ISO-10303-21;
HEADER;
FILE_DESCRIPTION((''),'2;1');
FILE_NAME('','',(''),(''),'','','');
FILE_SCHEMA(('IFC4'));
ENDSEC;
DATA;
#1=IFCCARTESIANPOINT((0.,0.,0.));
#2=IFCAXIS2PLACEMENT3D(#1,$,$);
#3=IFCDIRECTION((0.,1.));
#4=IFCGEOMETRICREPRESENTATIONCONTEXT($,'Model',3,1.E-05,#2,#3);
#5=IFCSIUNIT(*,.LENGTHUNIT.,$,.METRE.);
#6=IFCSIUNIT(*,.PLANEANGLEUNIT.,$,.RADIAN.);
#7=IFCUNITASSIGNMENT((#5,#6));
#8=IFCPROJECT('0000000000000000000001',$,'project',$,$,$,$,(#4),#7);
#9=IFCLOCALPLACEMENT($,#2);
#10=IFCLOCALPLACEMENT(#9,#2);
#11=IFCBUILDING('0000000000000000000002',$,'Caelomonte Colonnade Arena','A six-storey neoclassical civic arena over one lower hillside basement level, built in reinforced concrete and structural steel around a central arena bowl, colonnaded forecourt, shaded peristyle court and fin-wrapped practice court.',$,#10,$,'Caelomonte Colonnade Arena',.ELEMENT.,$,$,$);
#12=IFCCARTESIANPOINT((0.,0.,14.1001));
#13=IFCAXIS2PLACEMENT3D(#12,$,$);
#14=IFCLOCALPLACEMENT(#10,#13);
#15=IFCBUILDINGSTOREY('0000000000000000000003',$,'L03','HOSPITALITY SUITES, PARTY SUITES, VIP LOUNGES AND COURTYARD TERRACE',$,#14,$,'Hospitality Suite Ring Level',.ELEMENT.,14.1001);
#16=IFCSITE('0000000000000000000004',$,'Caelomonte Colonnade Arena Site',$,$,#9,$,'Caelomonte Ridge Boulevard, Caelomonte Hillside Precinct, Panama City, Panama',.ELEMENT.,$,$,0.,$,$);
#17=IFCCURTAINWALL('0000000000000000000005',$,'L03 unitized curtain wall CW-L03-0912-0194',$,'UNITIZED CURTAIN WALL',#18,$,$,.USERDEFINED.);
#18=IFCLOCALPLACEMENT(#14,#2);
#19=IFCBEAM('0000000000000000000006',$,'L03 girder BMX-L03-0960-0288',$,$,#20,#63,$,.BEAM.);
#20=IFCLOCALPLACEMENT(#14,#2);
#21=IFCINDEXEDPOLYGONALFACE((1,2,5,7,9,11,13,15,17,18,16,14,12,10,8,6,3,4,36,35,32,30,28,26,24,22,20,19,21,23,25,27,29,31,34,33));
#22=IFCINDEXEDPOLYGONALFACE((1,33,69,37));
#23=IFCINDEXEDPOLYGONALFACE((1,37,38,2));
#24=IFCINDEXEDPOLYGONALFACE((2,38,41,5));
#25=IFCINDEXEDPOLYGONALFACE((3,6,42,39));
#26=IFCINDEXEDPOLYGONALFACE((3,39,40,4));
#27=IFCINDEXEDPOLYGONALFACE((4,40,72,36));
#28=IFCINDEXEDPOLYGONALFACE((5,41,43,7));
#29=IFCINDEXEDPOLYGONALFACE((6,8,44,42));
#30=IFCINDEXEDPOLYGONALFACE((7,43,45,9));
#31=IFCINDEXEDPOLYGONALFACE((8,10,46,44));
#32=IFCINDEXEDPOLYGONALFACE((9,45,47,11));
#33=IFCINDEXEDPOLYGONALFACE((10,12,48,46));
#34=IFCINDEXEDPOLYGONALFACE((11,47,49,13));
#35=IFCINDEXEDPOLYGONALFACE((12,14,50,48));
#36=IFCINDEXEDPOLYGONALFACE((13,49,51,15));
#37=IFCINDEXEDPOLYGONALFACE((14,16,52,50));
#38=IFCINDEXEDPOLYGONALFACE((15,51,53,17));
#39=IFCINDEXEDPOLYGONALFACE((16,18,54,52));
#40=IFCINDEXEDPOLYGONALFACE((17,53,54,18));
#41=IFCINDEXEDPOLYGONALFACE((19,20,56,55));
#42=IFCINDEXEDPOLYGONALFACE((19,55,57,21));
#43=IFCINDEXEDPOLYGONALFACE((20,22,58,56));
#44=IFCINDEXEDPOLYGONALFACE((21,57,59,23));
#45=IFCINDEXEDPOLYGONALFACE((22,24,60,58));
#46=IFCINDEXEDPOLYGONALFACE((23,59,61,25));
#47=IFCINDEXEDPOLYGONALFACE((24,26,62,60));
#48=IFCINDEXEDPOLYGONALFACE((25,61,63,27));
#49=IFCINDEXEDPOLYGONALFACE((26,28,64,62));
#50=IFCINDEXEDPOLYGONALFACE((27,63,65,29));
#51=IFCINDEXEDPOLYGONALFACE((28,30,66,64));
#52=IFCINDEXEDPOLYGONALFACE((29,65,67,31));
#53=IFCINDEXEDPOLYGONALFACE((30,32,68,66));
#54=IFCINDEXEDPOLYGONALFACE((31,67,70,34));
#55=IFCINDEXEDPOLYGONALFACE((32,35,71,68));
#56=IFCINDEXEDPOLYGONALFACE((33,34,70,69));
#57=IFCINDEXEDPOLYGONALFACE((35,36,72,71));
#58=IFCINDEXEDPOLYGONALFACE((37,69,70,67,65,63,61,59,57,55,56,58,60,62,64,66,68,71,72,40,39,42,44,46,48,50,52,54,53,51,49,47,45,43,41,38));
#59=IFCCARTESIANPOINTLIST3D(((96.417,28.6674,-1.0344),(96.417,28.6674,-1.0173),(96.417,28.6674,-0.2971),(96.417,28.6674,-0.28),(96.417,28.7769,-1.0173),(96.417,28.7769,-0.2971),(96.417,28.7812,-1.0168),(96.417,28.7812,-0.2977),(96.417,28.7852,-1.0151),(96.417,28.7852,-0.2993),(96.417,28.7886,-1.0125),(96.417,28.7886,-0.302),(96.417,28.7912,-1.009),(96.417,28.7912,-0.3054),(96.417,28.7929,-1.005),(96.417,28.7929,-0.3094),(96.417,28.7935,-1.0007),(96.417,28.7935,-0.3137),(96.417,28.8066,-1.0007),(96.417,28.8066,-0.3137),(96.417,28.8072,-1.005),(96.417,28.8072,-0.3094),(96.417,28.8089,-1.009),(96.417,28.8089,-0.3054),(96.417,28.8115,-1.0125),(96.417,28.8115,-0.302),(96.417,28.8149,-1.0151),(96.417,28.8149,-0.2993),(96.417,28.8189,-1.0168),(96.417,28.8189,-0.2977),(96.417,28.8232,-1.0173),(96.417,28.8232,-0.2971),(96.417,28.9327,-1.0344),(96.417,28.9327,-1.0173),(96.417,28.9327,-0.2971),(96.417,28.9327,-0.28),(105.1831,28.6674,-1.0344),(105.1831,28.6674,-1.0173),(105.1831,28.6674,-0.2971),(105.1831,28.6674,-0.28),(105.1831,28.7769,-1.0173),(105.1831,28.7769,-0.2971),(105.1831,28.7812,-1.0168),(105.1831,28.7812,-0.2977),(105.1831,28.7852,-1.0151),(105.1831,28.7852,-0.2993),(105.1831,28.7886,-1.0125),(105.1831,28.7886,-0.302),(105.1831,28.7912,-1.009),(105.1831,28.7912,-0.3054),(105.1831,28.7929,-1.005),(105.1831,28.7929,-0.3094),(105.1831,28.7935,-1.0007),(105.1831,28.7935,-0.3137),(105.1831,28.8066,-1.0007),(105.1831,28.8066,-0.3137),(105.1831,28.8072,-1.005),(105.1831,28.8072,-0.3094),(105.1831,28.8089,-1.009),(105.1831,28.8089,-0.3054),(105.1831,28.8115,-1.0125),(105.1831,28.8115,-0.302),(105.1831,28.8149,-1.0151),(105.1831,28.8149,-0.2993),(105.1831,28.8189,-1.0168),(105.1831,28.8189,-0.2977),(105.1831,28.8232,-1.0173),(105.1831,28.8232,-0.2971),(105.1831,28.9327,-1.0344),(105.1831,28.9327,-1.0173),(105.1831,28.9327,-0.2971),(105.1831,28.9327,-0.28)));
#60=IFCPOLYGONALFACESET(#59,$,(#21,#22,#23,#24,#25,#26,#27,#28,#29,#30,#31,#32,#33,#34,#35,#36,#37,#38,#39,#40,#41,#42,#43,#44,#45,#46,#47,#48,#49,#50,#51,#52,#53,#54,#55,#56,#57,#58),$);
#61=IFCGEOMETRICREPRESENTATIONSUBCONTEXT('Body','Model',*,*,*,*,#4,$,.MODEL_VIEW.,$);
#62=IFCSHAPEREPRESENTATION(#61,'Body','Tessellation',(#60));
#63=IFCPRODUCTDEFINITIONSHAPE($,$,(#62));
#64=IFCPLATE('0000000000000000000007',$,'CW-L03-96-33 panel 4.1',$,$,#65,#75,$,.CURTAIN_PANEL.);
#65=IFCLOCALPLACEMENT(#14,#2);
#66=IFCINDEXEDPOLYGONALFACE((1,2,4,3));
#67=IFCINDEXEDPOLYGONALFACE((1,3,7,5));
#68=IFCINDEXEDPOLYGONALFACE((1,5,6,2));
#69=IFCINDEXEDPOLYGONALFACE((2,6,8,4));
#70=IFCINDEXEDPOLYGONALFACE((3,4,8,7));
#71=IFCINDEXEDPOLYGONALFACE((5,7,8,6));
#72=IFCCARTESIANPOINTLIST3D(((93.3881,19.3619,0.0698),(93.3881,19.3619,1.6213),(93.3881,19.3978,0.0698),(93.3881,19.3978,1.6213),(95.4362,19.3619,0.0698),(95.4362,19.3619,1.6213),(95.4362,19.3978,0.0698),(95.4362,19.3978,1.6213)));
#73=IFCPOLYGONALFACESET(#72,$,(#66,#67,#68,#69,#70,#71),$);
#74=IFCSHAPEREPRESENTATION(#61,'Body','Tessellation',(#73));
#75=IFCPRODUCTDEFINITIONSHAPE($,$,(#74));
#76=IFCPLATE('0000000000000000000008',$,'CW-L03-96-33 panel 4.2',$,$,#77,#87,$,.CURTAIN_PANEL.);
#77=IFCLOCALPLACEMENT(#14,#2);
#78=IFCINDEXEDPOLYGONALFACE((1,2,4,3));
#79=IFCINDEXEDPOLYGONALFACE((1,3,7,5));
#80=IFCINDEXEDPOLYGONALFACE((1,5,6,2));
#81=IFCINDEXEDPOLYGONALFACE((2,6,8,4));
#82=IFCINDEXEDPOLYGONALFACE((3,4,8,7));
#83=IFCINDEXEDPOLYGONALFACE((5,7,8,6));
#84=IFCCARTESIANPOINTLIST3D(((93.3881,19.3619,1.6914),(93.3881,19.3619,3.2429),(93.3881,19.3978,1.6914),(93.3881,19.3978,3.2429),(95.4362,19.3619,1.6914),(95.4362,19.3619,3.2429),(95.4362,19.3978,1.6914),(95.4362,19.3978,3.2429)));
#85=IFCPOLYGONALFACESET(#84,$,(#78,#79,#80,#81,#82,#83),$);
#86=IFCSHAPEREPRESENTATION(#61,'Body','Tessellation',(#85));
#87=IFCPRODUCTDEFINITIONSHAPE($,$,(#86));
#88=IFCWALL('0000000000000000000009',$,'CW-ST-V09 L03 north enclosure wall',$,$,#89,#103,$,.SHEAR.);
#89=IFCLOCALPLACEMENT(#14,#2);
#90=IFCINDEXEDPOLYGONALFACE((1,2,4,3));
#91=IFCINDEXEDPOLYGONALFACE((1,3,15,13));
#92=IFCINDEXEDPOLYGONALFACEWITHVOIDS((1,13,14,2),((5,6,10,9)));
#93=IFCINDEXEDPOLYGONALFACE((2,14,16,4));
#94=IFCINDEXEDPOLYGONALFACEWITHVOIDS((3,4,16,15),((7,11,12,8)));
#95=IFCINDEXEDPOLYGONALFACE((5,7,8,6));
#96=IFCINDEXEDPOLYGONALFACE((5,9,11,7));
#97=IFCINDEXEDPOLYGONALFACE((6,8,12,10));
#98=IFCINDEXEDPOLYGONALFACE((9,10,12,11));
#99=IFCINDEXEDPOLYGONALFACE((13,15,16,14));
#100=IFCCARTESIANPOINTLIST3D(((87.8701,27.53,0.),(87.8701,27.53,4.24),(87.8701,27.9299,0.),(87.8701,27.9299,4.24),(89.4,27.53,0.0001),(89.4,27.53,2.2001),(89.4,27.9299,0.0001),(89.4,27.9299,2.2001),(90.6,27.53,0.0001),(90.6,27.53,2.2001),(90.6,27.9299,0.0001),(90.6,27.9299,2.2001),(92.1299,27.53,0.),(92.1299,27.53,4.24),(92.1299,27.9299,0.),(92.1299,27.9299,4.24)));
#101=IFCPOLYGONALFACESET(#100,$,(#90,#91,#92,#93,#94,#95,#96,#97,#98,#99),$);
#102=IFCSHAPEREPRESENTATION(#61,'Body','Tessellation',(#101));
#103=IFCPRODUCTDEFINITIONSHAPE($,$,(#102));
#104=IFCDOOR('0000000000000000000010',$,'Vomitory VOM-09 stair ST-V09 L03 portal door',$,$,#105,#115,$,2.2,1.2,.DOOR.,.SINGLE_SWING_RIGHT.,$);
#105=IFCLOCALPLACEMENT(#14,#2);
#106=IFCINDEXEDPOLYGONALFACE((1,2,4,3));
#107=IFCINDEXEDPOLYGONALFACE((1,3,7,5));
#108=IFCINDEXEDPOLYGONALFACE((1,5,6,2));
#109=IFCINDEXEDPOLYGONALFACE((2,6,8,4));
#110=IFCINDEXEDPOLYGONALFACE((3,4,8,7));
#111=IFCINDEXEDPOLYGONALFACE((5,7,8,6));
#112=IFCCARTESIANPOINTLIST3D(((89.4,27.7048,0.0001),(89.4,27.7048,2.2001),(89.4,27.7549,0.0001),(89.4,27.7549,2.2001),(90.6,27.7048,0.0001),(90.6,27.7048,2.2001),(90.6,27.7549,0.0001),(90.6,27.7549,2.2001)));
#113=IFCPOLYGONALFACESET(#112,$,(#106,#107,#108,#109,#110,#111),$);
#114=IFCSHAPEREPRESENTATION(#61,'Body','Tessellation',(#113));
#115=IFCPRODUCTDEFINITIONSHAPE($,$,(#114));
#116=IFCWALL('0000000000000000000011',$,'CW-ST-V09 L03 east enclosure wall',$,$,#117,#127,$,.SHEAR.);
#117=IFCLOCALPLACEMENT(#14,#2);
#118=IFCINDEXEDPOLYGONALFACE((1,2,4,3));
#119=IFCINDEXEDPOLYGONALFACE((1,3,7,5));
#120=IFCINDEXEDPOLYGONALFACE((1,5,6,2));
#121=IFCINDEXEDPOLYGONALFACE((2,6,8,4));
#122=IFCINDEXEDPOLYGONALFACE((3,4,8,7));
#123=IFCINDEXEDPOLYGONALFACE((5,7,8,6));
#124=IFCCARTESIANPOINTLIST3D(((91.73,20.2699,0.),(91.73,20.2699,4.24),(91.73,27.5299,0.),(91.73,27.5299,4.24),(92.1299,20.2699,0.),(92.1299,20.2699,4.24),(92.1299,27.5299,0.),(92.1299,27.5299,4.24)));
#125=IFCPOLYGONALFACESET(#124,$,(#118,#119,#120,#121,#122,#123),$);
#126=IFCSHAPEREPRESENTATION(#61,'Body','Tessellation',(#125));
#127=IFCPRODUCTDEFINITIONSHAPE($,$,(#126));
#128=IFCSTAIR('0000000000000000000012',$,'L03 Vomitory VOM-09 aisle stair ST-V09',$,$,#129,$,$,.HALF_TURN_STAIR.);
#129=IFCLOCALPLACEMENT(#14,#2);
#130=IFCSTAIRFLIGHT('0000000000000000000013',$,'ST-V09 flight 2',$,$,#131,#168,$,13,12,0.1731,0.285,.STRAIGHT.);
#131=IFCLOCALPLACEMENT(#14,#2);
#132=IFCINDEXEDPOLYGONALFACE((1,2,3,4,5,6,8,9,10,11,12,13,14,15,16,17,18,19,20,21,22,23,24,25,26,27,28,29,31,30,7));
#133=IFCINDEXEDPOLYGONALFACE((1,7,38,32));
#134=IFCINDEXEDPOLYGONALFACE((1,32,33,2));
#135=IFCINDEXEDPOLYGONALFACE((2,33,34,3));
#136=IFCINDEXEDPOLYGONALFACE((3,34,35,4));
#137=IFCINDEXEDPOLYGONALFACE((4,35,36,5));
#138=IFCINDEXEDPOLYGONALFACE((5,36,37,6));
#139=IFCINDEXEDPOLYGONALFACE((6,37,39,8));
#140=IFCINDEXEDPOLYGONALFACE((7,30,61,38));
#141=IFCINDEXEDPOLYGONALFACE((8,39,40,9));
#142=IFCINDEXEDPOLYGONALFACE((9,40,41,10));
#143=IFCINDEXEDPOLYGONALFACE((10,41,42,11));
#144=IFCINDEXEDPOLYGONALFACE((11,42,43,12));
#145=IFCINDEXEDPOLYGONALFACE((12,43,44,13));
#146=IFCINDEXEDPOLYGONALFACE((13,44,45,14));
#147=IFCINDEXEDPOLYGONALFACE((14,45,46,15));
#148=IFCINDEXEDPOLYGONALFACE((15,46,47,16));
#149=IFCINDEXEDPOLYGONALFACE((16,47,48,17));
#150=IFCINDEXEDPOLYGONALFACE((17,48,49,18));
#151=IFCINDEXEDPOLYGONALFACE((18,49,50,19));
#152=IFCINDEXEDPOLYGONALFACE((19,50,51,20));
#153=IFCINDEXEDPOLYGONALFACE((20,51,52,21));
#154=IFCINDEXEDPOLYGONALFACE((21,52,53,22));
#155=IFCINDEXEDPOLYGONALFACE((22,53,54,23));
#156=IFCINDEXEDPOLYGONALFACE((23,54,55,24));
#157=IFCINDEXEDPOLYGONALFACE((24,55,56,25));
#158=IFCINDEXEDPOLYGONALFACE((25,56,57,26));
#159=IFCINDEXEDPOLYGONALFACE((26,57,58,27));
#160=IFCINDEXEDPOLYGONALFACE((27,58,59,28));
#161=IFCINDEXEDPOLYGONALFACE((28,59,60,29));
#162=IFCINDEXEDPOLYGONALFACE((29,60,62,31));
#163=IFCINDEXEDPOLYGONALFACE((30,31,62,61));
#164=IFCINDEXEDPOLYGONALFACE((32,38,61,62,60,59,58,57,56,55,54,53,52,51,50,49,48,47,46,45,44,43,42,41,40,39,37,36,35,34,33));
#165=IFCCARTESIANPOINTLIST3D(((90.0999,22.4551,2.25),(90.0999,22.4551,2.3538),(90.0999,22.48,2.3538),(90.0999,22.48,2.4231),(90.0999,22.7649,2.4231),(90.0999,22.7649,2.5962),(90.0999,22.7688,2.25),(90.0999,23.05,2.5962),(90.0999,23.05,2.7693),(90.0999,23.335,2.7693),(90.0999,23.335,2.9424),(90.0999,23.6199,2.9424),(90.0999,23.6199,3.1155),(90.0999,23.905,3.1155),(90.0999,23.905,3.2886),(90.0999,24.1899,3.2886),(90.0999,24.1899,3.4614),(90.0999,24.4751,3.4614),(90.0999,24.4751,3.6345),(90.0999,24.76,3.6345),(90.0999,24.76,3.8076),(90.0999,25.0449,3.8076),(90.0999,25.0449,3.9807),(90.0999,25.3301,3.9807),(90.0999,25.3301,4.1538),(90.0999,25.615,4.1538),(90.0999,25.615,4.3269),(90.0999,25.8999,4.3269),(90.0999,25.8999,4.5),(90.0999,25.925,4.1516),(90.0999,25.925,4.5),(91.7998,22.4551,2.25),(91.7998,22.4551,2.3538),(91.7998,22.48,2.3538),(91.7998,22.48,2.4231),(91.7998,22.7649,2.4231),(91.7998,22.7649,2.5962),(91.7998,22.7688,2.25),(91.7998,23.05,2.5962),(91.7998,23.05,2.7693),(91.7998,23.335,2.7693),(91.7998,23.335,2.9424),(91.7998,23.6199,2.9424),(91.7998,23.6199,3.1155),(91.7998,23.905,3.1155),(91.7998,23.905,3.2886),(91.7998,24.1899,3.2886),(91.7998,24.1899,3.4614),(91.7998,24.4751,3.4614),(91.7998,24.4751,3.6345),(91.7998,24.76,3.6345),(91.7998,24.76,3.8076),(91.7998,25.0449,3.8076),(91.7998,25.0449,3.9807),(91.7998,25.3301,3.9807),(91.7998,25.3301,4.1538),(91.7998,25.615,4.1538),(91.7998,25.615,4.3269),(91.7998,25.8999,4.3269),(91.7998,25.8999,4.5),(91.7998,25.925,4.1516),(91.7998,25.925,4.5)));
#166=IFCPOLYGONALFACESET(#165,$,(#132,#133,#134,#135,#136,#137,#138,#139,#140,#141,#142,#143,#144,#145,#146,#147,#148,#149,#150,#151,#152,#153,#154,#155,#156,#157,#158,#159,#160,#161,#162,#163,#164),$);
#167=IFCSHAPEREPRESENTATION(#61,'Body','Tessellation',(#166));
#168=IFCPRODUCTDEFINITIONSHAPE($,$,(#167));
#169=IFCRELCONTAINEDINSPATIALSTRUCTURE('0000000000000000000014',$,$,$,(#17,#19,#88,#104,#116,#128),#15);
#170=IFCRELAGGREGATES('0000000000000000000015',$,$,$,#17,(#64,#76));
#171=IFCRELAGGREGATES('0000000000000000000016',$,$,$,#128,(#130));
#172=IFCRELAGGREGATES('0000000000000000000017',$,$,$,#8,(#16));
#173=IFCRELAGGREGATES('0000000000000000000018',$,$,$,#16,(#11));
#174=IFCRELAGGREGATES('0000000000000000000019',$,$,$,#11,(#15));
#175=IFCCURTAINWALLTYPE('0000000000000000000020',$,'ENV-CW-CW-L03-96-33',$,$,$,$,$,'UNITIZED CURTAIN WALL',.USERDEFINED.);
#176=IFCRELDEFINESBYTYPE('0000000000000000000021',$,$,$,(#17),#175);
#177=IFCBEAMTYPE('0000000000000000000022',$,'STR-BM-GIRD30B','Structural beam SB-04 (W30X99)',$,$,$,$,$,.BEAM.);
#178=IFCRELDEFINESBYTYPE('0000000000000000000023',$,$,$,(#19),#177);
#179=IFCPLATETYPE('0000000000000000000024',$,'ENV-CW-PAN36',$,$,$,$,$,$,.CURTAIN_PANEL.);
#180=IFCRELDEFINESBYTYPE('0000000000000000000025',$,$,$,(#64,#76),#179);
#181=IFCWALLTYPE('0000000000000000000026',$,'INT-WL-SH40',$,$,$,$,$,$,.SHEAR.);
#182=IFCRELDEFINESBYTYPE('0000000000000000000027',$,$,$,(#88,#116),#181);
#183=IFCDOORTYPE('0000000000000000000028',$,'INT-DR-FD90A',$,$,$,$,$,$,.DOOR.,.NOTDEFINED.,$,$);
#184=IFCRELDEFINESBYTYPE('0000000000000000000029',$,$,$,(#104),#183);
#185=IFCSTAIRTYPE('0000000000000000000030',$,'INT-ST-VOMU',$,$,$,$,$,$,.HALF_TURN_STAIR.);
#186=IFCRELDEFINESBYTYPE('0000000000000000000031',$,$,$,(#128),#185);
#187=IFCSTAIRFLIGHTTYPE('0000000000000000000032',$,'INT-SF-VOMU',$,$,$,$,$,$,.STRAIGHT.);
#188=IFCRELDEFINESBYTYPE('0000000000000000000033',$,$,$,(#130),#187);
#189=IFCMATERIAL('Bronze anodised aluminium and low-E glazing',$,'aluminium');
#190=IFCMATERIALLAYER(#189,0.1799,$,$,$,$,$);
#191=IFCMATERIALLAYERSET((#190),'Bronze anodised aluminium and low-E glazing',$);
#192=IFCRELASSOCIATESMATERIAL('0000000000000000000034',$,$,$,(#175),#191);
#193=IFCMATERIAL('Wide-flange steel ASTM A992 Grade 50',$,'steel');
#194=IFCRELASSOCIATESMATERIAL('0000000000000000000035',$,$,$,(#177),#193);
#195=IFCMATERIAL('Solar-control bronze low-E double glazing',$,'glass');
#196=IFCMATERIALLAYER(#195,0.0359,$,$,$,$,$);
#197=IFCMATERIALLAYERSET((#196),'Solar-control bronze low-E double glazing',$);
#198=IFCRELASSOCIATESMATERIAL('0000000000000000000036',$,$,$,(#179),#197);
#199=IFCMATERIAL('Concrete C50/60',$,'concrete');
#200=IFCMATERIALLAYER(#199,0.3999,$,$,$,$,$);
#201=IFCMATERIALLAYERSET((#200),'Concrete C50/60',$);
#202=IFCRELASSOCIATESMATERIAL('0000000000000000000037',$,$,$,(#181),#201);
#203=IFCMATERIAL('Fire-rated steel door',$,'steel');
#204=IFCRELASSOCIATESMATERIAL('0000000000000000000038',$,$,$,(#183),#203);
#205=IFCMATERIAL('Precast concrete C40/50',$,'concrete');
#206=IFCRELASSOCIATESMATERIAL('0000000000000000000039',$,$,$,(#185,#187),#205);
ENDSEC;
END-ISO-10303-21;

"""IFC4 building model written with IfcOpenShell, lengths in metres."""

from ifc_helpers import new_model, si_unit, direction, frame, frame_2d, origin, origin_2d, place, context, subcontext, project, spatial, polyline, rectangle, i_section, outline, extrude, material, layer, layer_set, material_profile, profile_set, type_object, element, fill, aggregate, save


model = new_model("IFC4")

# Units and contexts
model_context = context("Model", 3, precision=1e-05, world=origin(), true_north=direction((0.0, 1.0)))
body_context = subcontext(model_context, "Body", "Model", "MODEL_VIEW")
ifc_project = project(units=[si_unit("LENGTHUNIT", "METRE"), si_unit("PLANEANGLEUNIT", "RADIAN")], contexts=[model_context])

# Site, building, storey
site_placement = place(None, origin())
site = spatial("IfcSite", under=ifc_project, at=site_placement, Name="Caelomonte Colonnade Arena Site", LongName="Caelomonte Ridge Boulevard, Caelomonte Hillside Precinct, Panama City, Panama", CompositionType="ELEMENT", RefElevation=0.0)
building_placement = place(site_placement, origin())
building = spatial("IfcBuilding", under=site, at=building_placement, Name="Caelomonte Colonnade Arena", Description="A six-storey neoclassical civic arena over one lower hillside basement level, built in reinforced concrete and structural steel around a central arena bowl, colonnaded forecourt, shaded peristyle court and fin-wrapped practice court.", LongName="Caelomonte Colonnade Arena", CompositionType="ELEMENT")
storey_placement = place(building_placement, frame((0.0, 0.0, 14.1001)))
storey = spatial("IfcBuildingStorey", under=building, at=storey_placement, Name="L03", Description="HOSPITALITY SUITES, PARTY SUITES, VIP LOUNGES AND COURTYARD TERRACE", LongName="Hospitality Suite Ring Level", CompositionType="ELEMENT", Elevation=14.1001)

# Curtain wall
ifc_material_1 = material(Name="Bronze anodised aluminium and low-E glazing", Category="aluminium")
ifc_layer_1 = layer(ifc_material_1, 0.1799)
ifc_layer_set_1 = layer_set([ifc_layer_1], Name="Bronze anodised aluminium and low-E glazing")
curtain_wall_type = type_object("IfcCurtainWallType", Name="ENV-CW-CW-L03-96-33", ElementType="UNITIZED CURTAIN WALL", PredefinedType="USERDEFINED", material=ifc_layer_set_1)
curtain_wall_1_placement = place(storey_placement, origin())
curtain_wall_1 = element("IfcCurtainWall", 1, at=curtain_wall_1_placement, inside=storey, type_object=curtain_wall_type, Name="L03 unitized curtain wall CW-L03-0912-0194", ObjectType="UNITIZED CURTAIN WALL", PredefinedType="USERDEFINED")

# Beam
ifc_material_2 = material(Name="Wide-flange steel ASTM A992 Grade 50", Category="steel")
ifc_material_profile_1 = material_profile(ifc_material_2, i_section(OverallWidth=0.2654, OverallDepth=0.7544, WebThickness=0.0132, FlangeThickness=0.0171, FilletRadius=0.0166, at=origin_2d()), Name="W30X99")
ifc_profile_set_1 = profile_set([ifc_material_profile_1], Name="Wide-flange steel ASTM A992 Grade 50")
beam_type_1 = type_object("IfcBeamType", Name="STR-BM-GIRD30B", Description="Structural beam SB-04 (W30X99)", PredefinedType="BEAM", material=ifc_profile_set_1)
beam_1_placement = place(storey_placement, frame((96.417, 28.8, -0.6572), z_axis=(1.0, 0.0, 0.0), x_axis=(0.0, 1.0, 0.0)))
element("IfcBeam", 2, at=beam_1_placement, inside=storey, type_object=beam_type_1, Name="L03 girder BMX-L03-0960-0288", PredefinedType="BEAM", context=body_context, shape_type="SweptSolid", body=[
    extrude(i_section(OverallWidth=0.2654, OverallDepth=0.7544, WebThickness=0.0132, FlangeThickness=0.0171, FilletRadius=0.0166, at=origin_2d()), origin(), (0.0, 0.0, 1.0), 8.7661),
])

# Plates
ifc_material_3 = material(Name="Solar-control bronze low-E double glazing", Category="glass")
ifc_layer_2 = layer(ifc_material_3, 0.0359)
ifc_layer_set_2 = layer_set([ifc_layer_2], Name="Solar-control bronze low-E double glazing")
plate_type = type_object("IfcPlateType", Name="ENV-CW-PAN36", PredefinedType="CURTAIN_PANEL", material=ifc_layer_set_2)
plate_1_placement = place(storey_placement, frame((94.4121, 19.3799, 0.0698), z_axis=(0.0, 0.0, 1.0), x_axis=(1.0, 0.0, 0.0)))
plate_1 = element("IfcPlate", 3, at=plate_1_placement, type_object=plate_type, Name="CW-L03-96-33 panel 4.1", PredefinedType="CURTAIN_PANEL", context=body_context, shape_type="SweptSolid", body=[
    extrude(rectangle(XDim=2.0481, YDim=0.0359, at=origin_2d()), origin(), (0.0, 0.0, 1.0), 1.5515),
])
plate_2_placement = place(storey_placement, frame((94.4121, 19.3799, 1.6914), z_axis=(0.0, 0.0, 1.0), x_axis=(1.0, 0.0, 0.0)))
plate_2 = element("IfcPlate", 4, at=plate_2_placement, type_object=plate_type, Name="CW-L03-96-33 panel 4.2", PredefinedType="CURTAIN_PANEL", context=body_context, shape_type="SweptSolid", body=[
    extrude(rectangle(XDim=2.0481, YDim=0.0359, at=origin_2d()), origin(), (0.0, 0.0, 1.0), 1.5515),
])
aggregate(curtain_wall_1, [plate_1, plate_2])

# Wall, opening, door
ifc_material_4 = material(Name="Concrete C50/60", Category="concrete")
ifc_layer_3 = layer(ifc_material_4, 0.3999)
ifc_layer_set_3 = layer_set([ifc_layer_3], Name="Concrete C50/60")
wall_type = type_object("IfcWallType", Name="INT-WL-SH40", PredefinedType="SHEAR", material=ifc_layer_set_3)
wall_1_placement = place(storey_placement, frame((92.1299, 27.73, 0.0), z_axis=(0.0, 0.0, 1.0), x_axis=(-1.0, 0.0, 0.0)))
wall_1 = element("IfcWall", 5, at=wall_1_placement, inside=storey, type_object=wall_type, Name="CW-ST-V09 L03 north enclosure wall", PredefinedType="SHEAR", context=body_context, shape_type="SweptSolid", body=[
    extrude(rectangle(XDim=4.2598, YDim=0.3999, at=frame_2d((2.1299, 0.0))), origin(), (0.0, 0.0, 1.0), 4.24),
])
opening_placement = place(wall_1_placement, frame((2.73, 0.0, 0.0), z_axis=(0.0, 0.0, 1.0), x_axis=(-1.0, 0.0, 0.0)))
opening = element("IfcOpeningElement", 6, at=opening_placement, cuts=wall_1, PredefinedType="OPENING", context=body_context, shape_type="SweptSolid", body=[
    extrude(rectangle(XDim=1.2, YDim=2.2, at=frame_2d((0.6001, 1.1001))), frame((0.0, 0.21, 0.0), z_axis=(0.0, -1.0, 0.0), x_axis=(1.0, 0.0, 0.0)), (0.0, 0.0, 1.0), 0.4199),
])
ifc_material_5 = material(Name="Fire-rated steel door", Category="steel")
door_type = type_object("IfcDoorType", Name="INT-DR-FD90A", OperationType="NOTDEFINED", PredefinedType="DOOR", material=ifc_material_5)
door_placement = place(opening_placement, origin())
door = element("IfcDoor", 7, at=door_placement, inside=storey, type_object=door_type, Name="Vomitory VOM-09 stair ST-V09 L03 portal door", OperationType="SINGLE_SWING_RIGHT", OverallHeight=2.2, OverallWidth=1.2, PredefinedType="DOOR", context=body_context, shape_type="SweptSolid", body=[
    extrude(rectangle(XDim=1.2, YDim=2.2, at=frame_2d((0.6001, 1.1001))), frame((0.0, 0.0249, 0.0), z_axis=(0.0, -1.0, 0.0), x_axis=(1.0, 0.0, 0.0)), (0.0, 0.0, 1.0), 0.05),
])
fill(opening, door)

# Wall
wall_2_placement = place(storey_placement, frame((91.9299, 20.27, 0.0), z_axis=(0.0, 0.0, 1.0), x_axis=(0.0, 1.0, 0.0)))
element("IfcWall", 8, at=wall_2_placement, inside=storey, type_object=wall_type, Name="CW-ST-V09 L03 east enclosure wall", PredefinedType="SHEAR", context=body_context, shape_type="SweptSolid", body=[
    extrude(rectangle(XDim=7.26, YDim=0.3999, at=frame_2d((3.6299, 0.0))), origin(), (0.0, 0.0, 1.0), 4.24),
])

# Stair, stair flight
ifc_material_6 = material(Name="Precast concrete C40/50", Category="concrete")
stair_type = type_object("IfcStairType", Name="INT-ST-VOMU", PredefinedType="HALF_TURN_STAIR", material=ifc_material_6)
stair_placement = place(storey_placement, origin())
stair = element("IfcStair", 9, at=stair_placement, inside=storey, type_object=stair_type, Name="L03 Vomitory VOM-09 aisle stair ST-V09", PredefinedType="HALF_TURN_STAIR")
stair_flight_type = type_object("IfcStairFlightType", Name="INT-SF-VOMU", PredefinedType="STRAIGHT", material=ifc_material_6)
stair_flight_placement = place(storey_placement, frame((90.95, 22.48, 2.25), z_axis=(0.0, 0.0, 1.0), x_axis=(0.0, 1.0, 0.0)))
stair_flight = element("IfcStairFlight", 10, at=stair_flight_placement, type_object=stair_flight_type, Name="ST-V09 flight 2", NumberOfRisers=13, NumberOfTreads=12, PredefinedType="STRAIGHT", RiserHeight=0.1731, TreadLength=0.285, context=body_context, shape_type="SweptSolid", body=[
    extrude(outline(polyline([(-0.0249, 0.0), (-0.0249, 0.1038), (0.0, 0.1038), (0.0, 0.1731), (0.2849, 0.1731), (0.2849, 0.3462), (0.5701, 0.3462), (0.5701, 0.5193), (0.855, 0.5193), (0.855, 0.6924), (1.1399, 0.6924), (1.1399, 0.8655), (1.425, 0.8655), (1.425, 1.0386), (1.71, 1.0386), (1.71, 1.2114), (1.9951, 1.2114), (1.9951, 1.3845), (2.28, 1.3845), (2.28, 1.5576), (2.5649, 1.5576), (2.5649, 1.7307), (2.8501, 1.7307), (2.8501, 1.9038), (3.135, 1.9038), (3.135, 2.0769), (3.4199, 2.0769), (3.4199, 2.25), (3.4451, 2.25), (3.4451, 1.9016), (0.2888, 0.0), (-0.0249, 0.0)])), frame((0.0, 0.8501, 0.0), z_axis=(0.0, -1.0, 0.0), x_axis=(1.0, 0.0, 0.0)), (0.0, 0.0, 1.0), 1.7),
])
aggregate(stair, [stair_flight])

save(model, "model.ifc")
